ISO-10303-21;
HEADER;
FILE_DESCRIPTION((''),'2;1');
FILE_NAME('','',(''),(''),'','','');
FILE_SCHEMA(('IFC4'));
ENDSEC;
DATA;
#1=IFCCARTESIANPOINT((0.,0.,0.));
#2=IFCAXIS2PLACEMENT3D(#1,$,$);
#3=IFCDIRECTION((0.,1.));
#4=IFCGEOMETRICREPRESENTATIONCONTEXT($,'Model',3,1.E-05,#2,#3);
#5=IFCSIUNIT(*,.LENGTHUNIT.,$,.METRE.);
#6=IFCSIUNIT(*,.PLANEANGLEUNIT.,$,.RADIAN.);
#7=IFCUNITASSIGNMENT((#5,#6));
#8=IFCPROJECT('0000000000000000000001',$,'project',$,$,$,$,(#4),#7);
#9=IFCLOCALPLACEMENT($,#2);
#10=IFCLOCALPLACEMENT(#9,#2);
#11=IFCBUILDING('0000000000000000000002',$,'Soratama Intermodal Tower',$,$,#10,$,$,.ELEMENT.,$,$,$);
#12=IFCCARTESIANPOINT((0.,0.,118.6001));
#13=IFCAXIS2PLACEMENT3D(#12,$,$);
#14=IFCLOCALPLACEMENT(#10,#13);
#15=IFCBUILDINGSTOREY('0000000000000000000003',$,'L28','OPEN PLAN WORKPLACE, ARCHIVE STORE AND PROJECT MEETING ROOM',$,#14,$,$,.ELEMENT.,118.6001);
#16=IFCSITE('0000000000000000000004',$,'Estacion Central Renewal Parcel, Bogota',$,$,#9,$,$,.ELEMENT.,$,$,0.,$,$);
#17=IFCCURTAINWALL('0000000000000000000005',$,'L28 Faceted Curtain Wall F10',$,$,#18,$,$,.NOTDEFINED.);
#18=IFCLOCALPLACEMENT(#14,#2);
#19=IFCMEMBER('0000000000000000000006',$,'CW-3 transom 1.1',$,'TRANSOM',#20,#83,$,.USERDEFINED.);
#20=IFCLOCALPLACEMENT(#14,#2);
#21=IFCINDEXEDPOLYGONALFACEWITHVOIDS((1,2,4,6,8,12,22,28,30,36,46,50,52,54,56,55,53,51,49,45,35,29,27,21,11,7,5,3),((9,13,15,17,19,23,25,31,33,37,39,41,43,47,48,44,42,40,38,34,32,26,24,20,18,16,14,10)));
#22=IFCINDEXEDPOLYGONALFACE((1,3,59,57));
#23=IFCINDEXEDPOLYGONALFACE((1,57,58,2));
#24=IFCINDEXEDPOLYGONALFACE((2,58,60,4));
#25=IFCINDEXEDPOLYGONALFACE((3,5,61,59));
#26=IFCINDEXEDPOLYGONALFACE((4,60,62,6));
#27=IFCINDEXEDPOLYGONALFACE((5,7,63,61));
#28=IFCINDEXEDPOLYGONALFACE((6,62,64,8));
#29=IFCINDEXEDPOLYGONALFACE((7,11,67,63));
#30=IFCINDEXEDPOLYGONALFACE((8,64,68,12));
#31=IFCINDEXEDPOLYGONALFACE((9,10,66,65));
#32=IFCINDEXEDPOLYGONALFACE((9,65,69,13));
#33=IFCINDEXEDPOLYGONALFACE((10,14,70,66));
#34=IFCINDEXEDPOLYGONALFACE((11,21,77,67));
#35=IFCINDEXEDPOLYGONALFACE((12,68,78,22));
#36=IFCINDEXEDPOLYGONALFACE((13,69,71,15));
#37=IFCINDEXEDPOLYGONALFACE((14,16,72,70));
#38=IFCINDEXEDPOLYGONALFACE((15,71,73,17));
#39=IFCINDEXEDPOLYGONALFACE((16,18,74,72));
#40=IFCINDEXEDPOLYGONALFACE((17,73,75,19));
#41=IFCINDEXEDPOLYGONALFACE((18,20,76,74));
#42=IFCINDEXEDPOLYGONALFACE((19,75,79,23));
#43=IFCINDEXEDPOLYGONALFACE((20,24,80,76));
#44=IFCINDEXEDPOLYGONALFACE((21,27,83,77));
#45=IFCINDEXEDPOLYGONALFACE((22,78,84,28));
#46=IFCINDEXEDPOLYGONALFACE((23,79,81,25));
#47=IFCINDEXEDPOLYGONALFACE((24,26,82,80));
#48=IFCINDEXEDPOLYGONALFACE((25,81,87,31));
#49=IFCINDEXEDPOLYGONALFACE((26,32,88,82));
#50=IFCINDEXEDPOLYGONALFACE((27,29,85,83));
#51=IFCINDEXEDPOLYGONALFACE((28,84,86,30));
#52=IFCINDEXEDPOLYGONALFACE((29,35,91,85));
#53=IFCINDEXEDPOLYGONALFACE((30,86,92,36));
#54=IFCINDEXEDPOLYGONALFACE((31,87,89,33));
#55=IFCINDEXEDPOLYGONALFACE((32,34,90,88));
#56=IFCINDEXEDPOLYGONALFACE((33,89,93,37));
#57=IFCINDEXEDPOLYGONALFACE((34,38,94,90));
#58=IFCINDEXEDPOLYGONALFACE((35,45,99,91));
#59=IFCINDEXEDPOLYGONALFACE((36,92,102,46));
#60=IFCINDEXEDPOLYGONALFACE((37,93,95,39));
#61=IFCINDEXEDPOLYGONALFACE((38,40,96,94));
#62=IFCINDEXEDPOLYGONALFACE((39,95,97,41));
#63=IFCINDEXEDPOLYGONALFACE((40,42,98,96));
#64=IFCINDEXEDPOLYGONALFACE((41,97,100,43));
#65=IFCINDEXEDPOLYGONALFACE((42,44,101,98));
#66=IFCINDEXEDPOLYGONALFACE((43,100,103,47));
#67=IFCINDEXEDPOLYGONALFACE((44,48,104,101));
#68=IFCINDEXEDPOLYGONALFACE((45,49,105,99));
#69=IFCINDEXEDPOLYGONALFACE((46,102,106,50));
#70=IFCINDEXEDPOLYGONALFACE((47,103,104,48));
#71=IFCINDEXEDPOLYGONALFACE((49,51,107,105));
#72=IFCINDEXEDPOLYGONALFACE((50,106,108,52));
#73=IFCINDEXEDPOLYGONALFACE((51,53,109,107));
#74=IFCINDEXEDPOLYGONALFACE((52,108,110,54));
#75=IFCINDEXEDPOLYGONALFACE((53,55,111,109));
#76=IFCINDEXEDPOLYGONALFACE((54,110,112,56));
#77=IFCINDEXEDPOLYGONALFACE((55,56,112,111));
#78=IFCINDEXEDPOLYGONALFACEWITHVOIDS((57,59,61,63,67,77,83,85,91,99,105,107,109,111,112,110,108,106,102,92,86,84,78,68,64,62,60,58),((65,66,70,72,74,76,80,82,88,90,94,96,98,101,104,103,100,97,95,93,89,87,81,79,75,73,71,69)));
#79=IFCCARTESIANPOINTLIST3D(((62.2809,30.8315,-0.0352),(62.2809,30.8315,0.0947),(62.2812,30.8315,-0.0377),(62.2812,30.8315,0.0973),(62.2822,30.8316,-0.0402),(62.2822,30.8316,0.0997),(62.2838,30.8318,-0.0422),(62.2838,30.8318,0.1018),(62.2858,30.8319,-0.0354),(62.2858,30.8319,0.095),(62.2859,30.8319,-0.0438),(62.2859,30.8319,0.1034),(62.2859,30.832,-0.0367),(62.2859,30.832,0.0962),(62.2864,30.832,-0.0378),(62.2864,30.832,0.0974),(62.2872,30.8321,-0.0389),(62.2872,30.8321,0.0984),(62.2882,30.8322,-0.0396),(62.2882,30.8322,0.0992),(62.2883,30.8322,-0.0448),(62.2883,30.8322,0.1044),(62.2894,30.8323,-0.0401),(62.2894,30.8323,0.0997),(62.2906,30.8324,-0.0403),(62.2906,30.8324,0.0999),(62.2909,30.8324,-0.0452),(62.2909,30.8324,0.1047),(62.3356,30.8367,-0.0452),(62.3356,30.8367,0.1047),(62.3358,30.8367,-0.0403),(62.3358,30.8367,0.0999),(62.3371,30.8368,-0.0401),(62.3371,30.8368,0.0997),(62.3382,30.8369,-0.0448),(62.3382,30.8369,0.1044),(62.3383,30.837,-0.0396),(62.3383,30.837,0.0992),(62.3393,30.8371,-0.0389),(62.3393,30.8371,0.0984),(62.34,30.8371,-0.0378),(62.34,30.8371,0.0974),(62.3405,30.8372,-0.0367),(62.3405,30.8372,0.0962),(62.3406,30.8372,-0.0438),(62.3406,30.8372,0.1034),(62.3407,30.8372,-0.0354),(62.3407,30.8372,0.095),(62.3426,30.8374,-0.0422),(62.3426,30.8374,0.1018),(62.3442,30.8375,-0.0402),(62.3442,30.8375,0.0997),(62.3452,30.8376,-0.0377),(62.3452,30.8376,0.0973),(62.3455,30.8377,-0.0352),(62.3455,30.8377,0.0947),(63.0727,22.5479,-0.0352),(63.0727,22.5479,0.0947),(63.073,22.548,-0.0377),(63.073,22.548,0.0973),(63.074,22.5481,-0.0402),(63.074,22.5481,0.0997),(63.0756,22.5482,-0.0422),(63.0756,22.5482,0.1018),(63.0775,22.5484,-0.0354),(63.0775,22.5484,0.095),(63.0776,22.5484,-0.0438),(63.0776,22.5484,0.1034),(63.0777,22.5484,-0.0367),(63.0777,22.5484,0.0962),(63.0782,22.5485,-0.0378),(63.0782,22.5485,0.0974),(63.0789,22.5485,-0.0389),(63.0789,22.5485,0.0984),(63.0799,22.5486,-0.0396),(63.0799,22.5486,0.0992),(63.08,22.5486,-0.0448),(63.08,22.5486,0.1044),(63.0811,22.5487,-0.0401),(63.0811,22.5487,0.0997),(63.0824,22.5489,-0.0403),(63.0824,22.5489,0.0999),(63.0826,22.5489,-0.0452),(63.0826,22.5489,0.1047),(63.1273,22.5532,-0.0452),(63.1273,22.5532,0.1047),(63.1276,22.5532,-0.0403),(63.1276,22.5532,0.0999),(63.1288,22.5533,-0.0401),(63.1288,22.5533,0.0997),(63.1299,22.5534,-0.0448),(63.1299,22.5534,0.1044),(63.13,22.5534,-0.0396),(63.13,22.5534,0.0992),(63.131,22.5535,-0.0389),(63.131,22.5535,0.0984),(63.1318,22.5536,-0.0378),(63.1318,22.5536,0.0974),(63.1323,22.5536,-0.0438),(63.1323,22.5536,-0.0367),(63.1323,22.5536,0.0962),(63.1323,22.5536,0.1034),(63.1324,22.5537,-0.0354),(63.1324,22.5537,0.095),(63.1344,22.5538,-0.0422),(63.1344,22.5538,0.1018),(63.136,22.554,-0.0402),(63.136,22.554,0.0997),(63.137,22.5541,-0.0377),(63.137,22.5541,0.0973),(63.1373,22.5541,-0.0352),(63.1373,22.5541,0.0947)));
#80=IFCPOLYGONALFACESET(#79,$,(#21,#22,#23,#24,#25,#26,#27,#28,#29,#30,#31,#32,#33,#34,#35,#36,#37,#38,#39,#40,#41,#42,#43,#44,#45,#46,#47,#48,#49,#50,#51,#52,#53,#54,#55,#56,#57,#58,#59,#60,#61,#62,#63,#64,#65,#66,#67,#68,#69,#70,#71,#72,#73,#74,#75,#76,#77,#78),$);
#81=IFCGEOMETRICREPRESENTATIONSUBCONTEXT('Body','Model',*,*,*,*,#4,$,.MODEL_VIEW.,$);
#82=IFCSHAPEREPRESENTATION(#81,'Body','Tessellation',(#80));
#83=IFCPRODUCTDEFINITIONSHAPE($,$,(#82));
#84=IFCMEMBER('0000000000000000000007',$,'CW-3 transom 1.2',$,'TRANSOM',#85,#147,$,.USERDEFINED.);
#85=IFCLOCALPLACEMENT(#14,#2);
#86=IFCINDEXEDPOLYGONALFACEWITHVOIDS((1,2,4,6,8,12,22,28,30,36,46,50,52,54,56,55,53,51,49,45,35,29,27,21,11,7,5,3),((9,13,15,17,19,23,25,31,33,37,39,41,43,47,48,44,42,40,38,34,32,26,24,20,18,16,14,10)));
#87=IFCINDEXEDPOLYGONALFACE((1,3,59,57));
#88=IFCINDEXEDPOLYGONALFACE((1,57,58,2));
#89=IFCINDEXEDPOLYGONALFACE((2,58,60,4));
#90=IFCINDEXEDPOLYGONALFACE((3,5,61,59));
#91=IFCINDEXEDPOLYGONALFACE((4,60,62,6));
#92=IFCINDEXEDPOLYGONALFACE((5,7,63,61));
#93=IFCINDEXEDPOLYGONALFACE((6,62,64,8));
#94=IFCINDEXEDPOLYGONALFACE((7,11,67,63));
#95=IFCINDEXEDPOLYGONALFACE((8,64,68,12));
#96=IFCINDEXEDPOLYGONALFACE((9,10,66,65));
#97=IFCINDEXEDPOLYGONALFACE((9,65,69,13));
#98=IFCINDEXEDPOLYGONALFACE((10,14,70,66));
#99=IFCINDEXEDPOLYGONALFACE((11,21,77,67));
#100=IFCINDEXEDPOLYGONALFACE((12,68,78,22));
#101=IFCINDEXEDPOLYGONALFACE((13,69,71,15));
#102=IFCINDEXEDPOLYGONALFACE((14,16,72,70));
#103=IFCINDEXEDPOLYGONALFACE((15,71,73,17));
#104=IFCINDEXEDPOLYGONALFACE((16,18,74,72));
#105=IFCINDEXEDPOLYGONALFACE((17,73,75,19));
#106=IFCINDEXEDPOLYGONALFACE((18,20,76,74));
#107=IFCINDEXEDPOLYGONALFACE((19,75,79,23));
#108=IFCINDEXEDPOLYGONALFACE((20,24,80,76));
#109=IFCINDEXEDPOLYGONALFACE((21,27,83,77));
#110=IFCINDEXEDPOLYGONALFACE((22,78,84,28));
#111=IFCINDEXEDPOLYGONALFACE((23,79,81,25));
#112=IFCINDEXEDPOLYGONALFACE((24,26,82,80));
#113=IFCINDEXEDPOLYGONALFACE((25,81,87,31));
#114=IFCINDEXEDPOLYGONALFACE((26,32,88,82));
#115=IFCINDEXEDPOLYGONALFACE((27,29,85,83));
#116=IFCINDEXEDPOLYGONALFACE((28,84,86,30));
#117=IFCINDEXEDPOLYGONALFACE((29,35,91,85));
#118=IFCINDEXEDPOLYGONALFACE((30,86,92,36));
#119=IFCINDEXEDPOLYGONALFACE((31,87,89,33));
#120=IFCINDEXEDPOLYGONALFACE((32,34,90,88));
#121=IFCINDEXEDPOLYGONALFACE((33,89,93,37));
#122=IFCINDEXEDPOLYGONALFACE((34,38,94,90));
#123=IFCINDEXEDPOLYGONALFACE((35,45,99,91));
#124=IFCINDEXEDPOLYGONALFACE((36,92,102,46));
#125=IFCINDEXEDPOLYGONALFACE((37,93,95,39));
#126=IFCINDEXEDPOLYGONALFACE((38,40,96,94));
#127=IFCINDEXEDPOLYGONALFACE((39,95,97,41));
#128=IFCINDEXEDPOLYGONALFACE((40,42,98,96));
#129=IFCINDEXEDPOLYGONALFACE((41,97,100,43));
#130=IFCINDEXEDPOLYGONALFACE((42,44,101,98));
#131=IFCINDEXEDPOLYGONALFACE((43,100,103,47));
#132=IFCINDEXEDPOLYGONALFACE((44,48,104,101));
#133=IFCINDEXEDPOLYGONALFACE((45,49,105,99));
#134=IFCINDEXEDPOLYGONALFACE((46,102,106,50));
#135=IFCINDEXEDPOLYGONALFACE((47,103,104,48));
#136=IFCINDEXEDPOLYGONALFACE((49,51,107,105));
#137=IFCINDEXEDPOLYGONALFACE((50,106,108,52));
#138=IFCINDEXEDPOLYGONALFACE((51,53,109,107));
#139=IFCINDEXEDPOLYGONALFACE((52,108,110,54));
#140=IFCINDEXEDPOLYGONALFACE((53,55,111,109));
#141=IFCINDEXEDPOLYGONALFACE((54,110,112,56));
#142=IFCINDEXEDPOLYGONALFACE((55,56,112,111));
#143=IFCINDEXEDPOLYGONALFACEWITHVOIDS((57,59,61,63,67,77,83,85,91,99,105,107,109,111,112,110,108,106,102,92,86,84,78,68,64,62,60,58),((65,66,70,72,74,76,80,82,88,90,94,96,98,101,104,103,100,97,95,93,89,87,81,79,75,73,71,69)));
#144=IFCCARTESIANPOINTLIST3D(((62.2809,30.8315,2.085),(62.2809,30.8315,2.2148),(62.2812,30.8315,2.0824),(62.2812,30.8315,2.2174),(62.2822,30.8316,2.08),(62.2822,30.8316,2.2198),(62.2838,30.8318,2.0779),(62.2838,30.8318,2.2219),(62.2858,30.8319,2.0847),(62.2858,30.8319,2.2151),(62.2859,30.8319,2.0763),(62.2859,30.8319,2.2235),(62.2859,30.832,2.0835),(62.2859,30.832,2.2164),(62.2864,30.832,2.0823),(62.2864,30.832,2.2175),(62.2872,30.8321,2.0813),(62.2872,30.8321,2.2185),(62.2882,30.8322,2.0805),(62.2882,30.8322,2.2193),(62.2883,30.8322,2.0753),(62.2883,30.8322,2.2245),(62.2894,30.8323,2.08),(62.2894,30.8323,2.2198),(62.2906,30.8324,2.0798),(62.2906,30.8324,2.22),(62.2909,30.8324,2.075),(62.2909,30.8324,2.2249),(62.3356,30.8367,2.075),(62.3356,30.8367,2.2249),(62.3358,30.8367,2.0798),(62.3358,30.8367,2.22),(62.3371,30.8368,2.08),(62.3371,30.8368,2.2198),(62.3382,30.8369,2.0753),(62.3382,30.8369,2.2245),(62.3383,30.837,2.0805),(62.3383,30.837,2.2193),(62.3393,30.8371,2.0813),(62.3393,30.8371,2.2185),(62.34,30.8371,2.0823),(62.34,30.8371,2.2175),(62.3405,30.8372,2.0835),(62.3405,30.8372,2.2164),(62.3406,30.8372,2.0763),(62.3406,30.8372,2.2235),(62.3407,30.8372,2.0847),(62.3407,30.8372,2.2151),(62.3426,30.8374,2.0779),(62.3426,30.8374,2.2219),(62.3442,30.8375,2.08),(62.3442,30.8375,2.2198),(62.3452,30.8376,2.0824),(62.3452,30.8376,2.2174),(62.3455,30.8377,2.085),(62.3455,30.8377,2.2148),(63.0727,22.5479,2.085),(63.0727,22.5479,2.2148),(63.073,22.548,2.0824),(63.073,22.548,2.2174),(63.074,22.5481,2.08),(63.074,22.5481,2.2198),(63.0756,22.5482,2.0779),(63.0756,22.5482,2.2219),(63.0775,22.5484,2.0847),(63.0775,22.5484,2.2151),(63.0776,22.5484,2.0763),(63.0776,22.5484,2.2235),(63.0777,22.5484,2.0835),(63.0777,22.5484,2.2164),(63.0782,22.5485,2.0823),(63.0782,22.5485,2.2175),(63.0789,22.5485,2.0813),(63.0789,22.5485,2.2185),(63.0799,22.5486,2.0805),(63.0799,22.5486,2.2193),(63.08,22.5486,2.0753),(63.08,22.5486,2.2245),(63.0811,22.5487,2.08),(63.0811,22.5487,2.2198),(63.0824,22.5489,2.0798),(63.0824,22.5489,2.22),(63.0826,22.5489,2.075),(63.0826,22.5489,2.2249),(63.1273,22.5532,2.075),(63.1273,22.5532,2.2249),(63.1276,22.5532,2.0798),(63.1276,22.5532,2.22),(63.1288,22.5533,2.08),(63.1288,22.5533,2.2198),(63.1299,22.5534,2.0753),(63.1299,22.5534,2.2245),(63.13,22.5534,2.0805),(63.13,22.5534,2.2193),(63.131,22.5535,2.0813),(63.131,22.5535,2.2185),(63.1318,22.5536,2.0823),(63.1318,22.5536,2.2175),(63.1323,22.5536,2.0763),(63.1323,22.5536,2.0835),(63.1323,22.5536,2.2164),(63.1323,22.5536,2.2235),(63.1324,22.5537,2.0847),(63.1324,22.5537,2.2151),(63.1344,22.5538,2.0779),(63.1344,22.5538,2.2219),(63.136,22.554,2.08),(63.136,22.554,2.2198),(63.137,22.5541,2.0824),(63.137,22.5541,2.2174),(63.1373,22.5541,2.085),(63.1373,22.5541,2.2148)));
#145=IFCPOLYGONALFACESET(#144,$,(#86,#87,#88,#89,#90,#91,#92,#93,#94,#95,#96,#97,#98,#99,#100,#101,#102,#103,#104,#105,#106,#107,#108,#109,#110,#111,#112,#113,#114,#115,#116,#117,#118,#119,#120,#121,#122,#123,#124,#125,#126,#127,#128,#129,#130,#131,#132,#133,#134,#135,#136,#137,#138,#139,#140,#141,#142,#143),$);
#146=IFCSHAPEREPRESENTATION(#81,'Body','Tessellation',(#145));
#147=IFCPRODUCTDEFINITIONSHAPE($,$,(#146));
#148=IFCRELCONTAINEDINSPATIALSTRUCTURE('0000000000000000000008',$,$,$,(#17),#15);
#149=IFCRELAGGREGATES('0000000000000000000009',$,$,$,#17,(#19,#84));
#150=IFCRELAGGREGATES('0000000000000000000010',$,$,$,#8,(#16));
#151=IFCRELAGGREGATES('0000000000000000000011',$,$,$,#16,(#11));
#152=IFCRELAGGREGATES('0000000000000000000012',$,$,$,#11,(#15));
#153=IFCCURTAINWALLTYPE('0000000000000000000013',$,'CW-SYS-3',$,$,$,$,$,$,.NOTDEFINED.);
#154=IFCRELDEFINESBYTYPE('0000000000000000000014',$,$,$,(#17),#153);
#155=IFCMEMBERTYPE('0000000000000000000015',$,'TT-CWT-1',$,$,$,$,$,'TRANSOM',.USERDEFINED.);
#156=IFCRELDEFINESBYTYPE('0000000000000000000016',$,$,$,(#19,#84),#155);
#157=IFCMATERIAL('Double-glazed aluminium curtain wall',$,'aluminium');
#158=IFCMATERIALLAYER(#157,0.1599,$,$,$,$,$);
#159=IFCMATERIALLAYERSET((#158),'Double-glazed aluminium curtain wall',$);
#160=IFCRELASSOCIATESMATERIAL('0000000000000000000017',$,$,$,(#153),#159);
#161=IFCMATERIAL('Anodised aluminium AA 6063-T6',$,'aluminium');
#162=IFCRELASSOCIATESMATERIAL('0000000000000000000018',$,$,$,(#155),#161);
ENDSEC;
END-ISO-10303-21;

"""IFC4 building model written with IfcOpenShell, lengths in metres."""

from ifc_helpers import new_model, si_unit, direction, frame, origin, origin_2d, place, context, subcontext, project, spatial, hollow_rectangle, extrude, material, layer, layer_set, material_profile, profile_set, type_object, element, aggregate, save


model = new_model("IFC4")

# Units and contexts
model_context = context("Model", 3, precision=1e-05, world=origin(), true_north=direction((0.0, 1.0)))
body_context = subcontext(model_context, "Body", "Model", "MODEL_VIEW")
ifc_project = project(units=[si_unit("LENGTHUNIT", "METRE"), si_unit("PLANEANGLEUNIT", "RADIAN")], contexts=[model_context])

# Site, building, storey
site_placement = place(None, origin())
site = spatial("IfcSite", under=ifc_project, at=site_placement, Name="Estacion Central Renewal Parcel, Bogota", CompositionType="ELEMENT", RefElevation=0.0)
building_placement = place(site_placement, origin())
building = spatial("IfcBuilding", under=site, at=building_placement, Name="Soratama Intermodal Tower", CompositionType="ELEMENT")
storey_placement = place(building_placement, frame((0.0, 0.0, 118.6001)))
storey = spatial("IfcBuildingStorey", under=building, at=storey_placement, Name="L28", Description="OPEN PLAN WORKPLACE, ARCHIVE STORE AND PROJECT MEETING ROOM", CompositionType="ELEMENT", Elevation=118.6001)

# Shared definitions
ifc_material_1 = material(Name="Double-glazed aluminium curtain wall", Category="aluminium")
ifc_layer_1 = layer(ifc_material_1, 0.1599)
ifc_layer_set_1 = layer_set([ifc_layer_1], Name="Double-glazed aluminium curtain wall")
curtain_wall_type = type_object("IfcCurtainWallType", Name="CW-SYS-3", PredefinedType="NOTDEFINED", material=ifc_layer_set_1)

# Curtain wall, members
curtain_wall_1_placement = place(storey_placement, origin())
curtain_wall_1 = element("IfcCurtainWall", 1, at=curtain_wall_1_placement, inside=storey, type_object=curtain_wall_type, Name="L28 Faceted Curtain Wall F10", PredefinedType="NOTDEFINED")
ifc_material_2 = material(Name="Anodised aluminium AA 6063-T6", Category="aluminium")
ifc_material_profile_1 = material_profile(ifc_material_2, hollow_rectangle(XDim=0.0649, YDim=0.1499, WallThickness=0.0049, InnerFilletRadius=0.0049, OuterFilletRadius=0.01, at=origin_2d()), Name="CWT150X65X5")
ifc_profile_set_1 = profile_set([ifc_material_profile_1], Name="Anodised aluminium AA 6063-T6")
member_type_1 = type_object("IfcMemberType", Name="TT-CWT-1", ElementType="TRANSOM", PredefinedType="USERDEFINED", material=ifc_profile_set_1)
member_1_placement = place(storey_placement, frame((63.105, 22.551, 0.0298), z_axis=(-0.095148, 0.995463, 0.0), x_axis=(-0.995463, -0.095148, 0.0)))
member_1 = element("IfcMember", 2, at=member_1_placement, type_object=member_type_1, Name="CW-3 transom 1.1", ObjectType="TRANSOM", PredefinedType="USERDEFINED", context=body_context, shape_type="SweptSolid", body=[
    extrude(hollow_rectangle(XDim=0.0649, YDim=0.1499, WallThickness=0.0049, InnerFilletRadius=0.0049, OuterFilletRadius=0.01, at=origin_2d()), origin(), (0.0, 0.0, 1.0), 8.3213),
])
member_2_placement = place(storey_placement, frame((63.105, 22.551, 2.1499), z_axis=(-0.095148, 0.995463, 0.0), x_axis=(-0.995463, -0.095148, 0.0)))
member_2 = element("IfcMember", 3, at=member_2_placement, type_object=member_type_1, Name="CW-3 transom 1.2", ObjectType="TRANSOM", PredefinedType="USERDEFINED", context=body_context, shape_type="SweptSolid", body=[
    extrude(hollow_rectangle(XDim=0.0649, YDim=0.1499, WallThickness=0.0049, InnerFilletRadius=0.0049, OuterFilletRadius=0.01, at=origin_2d()), origin(), (0.0, 0.0, 1.0), 8.3213),
])
aggregate(curtain_wall_1, [member_1, member_2])

save(model, "model.ifc")
